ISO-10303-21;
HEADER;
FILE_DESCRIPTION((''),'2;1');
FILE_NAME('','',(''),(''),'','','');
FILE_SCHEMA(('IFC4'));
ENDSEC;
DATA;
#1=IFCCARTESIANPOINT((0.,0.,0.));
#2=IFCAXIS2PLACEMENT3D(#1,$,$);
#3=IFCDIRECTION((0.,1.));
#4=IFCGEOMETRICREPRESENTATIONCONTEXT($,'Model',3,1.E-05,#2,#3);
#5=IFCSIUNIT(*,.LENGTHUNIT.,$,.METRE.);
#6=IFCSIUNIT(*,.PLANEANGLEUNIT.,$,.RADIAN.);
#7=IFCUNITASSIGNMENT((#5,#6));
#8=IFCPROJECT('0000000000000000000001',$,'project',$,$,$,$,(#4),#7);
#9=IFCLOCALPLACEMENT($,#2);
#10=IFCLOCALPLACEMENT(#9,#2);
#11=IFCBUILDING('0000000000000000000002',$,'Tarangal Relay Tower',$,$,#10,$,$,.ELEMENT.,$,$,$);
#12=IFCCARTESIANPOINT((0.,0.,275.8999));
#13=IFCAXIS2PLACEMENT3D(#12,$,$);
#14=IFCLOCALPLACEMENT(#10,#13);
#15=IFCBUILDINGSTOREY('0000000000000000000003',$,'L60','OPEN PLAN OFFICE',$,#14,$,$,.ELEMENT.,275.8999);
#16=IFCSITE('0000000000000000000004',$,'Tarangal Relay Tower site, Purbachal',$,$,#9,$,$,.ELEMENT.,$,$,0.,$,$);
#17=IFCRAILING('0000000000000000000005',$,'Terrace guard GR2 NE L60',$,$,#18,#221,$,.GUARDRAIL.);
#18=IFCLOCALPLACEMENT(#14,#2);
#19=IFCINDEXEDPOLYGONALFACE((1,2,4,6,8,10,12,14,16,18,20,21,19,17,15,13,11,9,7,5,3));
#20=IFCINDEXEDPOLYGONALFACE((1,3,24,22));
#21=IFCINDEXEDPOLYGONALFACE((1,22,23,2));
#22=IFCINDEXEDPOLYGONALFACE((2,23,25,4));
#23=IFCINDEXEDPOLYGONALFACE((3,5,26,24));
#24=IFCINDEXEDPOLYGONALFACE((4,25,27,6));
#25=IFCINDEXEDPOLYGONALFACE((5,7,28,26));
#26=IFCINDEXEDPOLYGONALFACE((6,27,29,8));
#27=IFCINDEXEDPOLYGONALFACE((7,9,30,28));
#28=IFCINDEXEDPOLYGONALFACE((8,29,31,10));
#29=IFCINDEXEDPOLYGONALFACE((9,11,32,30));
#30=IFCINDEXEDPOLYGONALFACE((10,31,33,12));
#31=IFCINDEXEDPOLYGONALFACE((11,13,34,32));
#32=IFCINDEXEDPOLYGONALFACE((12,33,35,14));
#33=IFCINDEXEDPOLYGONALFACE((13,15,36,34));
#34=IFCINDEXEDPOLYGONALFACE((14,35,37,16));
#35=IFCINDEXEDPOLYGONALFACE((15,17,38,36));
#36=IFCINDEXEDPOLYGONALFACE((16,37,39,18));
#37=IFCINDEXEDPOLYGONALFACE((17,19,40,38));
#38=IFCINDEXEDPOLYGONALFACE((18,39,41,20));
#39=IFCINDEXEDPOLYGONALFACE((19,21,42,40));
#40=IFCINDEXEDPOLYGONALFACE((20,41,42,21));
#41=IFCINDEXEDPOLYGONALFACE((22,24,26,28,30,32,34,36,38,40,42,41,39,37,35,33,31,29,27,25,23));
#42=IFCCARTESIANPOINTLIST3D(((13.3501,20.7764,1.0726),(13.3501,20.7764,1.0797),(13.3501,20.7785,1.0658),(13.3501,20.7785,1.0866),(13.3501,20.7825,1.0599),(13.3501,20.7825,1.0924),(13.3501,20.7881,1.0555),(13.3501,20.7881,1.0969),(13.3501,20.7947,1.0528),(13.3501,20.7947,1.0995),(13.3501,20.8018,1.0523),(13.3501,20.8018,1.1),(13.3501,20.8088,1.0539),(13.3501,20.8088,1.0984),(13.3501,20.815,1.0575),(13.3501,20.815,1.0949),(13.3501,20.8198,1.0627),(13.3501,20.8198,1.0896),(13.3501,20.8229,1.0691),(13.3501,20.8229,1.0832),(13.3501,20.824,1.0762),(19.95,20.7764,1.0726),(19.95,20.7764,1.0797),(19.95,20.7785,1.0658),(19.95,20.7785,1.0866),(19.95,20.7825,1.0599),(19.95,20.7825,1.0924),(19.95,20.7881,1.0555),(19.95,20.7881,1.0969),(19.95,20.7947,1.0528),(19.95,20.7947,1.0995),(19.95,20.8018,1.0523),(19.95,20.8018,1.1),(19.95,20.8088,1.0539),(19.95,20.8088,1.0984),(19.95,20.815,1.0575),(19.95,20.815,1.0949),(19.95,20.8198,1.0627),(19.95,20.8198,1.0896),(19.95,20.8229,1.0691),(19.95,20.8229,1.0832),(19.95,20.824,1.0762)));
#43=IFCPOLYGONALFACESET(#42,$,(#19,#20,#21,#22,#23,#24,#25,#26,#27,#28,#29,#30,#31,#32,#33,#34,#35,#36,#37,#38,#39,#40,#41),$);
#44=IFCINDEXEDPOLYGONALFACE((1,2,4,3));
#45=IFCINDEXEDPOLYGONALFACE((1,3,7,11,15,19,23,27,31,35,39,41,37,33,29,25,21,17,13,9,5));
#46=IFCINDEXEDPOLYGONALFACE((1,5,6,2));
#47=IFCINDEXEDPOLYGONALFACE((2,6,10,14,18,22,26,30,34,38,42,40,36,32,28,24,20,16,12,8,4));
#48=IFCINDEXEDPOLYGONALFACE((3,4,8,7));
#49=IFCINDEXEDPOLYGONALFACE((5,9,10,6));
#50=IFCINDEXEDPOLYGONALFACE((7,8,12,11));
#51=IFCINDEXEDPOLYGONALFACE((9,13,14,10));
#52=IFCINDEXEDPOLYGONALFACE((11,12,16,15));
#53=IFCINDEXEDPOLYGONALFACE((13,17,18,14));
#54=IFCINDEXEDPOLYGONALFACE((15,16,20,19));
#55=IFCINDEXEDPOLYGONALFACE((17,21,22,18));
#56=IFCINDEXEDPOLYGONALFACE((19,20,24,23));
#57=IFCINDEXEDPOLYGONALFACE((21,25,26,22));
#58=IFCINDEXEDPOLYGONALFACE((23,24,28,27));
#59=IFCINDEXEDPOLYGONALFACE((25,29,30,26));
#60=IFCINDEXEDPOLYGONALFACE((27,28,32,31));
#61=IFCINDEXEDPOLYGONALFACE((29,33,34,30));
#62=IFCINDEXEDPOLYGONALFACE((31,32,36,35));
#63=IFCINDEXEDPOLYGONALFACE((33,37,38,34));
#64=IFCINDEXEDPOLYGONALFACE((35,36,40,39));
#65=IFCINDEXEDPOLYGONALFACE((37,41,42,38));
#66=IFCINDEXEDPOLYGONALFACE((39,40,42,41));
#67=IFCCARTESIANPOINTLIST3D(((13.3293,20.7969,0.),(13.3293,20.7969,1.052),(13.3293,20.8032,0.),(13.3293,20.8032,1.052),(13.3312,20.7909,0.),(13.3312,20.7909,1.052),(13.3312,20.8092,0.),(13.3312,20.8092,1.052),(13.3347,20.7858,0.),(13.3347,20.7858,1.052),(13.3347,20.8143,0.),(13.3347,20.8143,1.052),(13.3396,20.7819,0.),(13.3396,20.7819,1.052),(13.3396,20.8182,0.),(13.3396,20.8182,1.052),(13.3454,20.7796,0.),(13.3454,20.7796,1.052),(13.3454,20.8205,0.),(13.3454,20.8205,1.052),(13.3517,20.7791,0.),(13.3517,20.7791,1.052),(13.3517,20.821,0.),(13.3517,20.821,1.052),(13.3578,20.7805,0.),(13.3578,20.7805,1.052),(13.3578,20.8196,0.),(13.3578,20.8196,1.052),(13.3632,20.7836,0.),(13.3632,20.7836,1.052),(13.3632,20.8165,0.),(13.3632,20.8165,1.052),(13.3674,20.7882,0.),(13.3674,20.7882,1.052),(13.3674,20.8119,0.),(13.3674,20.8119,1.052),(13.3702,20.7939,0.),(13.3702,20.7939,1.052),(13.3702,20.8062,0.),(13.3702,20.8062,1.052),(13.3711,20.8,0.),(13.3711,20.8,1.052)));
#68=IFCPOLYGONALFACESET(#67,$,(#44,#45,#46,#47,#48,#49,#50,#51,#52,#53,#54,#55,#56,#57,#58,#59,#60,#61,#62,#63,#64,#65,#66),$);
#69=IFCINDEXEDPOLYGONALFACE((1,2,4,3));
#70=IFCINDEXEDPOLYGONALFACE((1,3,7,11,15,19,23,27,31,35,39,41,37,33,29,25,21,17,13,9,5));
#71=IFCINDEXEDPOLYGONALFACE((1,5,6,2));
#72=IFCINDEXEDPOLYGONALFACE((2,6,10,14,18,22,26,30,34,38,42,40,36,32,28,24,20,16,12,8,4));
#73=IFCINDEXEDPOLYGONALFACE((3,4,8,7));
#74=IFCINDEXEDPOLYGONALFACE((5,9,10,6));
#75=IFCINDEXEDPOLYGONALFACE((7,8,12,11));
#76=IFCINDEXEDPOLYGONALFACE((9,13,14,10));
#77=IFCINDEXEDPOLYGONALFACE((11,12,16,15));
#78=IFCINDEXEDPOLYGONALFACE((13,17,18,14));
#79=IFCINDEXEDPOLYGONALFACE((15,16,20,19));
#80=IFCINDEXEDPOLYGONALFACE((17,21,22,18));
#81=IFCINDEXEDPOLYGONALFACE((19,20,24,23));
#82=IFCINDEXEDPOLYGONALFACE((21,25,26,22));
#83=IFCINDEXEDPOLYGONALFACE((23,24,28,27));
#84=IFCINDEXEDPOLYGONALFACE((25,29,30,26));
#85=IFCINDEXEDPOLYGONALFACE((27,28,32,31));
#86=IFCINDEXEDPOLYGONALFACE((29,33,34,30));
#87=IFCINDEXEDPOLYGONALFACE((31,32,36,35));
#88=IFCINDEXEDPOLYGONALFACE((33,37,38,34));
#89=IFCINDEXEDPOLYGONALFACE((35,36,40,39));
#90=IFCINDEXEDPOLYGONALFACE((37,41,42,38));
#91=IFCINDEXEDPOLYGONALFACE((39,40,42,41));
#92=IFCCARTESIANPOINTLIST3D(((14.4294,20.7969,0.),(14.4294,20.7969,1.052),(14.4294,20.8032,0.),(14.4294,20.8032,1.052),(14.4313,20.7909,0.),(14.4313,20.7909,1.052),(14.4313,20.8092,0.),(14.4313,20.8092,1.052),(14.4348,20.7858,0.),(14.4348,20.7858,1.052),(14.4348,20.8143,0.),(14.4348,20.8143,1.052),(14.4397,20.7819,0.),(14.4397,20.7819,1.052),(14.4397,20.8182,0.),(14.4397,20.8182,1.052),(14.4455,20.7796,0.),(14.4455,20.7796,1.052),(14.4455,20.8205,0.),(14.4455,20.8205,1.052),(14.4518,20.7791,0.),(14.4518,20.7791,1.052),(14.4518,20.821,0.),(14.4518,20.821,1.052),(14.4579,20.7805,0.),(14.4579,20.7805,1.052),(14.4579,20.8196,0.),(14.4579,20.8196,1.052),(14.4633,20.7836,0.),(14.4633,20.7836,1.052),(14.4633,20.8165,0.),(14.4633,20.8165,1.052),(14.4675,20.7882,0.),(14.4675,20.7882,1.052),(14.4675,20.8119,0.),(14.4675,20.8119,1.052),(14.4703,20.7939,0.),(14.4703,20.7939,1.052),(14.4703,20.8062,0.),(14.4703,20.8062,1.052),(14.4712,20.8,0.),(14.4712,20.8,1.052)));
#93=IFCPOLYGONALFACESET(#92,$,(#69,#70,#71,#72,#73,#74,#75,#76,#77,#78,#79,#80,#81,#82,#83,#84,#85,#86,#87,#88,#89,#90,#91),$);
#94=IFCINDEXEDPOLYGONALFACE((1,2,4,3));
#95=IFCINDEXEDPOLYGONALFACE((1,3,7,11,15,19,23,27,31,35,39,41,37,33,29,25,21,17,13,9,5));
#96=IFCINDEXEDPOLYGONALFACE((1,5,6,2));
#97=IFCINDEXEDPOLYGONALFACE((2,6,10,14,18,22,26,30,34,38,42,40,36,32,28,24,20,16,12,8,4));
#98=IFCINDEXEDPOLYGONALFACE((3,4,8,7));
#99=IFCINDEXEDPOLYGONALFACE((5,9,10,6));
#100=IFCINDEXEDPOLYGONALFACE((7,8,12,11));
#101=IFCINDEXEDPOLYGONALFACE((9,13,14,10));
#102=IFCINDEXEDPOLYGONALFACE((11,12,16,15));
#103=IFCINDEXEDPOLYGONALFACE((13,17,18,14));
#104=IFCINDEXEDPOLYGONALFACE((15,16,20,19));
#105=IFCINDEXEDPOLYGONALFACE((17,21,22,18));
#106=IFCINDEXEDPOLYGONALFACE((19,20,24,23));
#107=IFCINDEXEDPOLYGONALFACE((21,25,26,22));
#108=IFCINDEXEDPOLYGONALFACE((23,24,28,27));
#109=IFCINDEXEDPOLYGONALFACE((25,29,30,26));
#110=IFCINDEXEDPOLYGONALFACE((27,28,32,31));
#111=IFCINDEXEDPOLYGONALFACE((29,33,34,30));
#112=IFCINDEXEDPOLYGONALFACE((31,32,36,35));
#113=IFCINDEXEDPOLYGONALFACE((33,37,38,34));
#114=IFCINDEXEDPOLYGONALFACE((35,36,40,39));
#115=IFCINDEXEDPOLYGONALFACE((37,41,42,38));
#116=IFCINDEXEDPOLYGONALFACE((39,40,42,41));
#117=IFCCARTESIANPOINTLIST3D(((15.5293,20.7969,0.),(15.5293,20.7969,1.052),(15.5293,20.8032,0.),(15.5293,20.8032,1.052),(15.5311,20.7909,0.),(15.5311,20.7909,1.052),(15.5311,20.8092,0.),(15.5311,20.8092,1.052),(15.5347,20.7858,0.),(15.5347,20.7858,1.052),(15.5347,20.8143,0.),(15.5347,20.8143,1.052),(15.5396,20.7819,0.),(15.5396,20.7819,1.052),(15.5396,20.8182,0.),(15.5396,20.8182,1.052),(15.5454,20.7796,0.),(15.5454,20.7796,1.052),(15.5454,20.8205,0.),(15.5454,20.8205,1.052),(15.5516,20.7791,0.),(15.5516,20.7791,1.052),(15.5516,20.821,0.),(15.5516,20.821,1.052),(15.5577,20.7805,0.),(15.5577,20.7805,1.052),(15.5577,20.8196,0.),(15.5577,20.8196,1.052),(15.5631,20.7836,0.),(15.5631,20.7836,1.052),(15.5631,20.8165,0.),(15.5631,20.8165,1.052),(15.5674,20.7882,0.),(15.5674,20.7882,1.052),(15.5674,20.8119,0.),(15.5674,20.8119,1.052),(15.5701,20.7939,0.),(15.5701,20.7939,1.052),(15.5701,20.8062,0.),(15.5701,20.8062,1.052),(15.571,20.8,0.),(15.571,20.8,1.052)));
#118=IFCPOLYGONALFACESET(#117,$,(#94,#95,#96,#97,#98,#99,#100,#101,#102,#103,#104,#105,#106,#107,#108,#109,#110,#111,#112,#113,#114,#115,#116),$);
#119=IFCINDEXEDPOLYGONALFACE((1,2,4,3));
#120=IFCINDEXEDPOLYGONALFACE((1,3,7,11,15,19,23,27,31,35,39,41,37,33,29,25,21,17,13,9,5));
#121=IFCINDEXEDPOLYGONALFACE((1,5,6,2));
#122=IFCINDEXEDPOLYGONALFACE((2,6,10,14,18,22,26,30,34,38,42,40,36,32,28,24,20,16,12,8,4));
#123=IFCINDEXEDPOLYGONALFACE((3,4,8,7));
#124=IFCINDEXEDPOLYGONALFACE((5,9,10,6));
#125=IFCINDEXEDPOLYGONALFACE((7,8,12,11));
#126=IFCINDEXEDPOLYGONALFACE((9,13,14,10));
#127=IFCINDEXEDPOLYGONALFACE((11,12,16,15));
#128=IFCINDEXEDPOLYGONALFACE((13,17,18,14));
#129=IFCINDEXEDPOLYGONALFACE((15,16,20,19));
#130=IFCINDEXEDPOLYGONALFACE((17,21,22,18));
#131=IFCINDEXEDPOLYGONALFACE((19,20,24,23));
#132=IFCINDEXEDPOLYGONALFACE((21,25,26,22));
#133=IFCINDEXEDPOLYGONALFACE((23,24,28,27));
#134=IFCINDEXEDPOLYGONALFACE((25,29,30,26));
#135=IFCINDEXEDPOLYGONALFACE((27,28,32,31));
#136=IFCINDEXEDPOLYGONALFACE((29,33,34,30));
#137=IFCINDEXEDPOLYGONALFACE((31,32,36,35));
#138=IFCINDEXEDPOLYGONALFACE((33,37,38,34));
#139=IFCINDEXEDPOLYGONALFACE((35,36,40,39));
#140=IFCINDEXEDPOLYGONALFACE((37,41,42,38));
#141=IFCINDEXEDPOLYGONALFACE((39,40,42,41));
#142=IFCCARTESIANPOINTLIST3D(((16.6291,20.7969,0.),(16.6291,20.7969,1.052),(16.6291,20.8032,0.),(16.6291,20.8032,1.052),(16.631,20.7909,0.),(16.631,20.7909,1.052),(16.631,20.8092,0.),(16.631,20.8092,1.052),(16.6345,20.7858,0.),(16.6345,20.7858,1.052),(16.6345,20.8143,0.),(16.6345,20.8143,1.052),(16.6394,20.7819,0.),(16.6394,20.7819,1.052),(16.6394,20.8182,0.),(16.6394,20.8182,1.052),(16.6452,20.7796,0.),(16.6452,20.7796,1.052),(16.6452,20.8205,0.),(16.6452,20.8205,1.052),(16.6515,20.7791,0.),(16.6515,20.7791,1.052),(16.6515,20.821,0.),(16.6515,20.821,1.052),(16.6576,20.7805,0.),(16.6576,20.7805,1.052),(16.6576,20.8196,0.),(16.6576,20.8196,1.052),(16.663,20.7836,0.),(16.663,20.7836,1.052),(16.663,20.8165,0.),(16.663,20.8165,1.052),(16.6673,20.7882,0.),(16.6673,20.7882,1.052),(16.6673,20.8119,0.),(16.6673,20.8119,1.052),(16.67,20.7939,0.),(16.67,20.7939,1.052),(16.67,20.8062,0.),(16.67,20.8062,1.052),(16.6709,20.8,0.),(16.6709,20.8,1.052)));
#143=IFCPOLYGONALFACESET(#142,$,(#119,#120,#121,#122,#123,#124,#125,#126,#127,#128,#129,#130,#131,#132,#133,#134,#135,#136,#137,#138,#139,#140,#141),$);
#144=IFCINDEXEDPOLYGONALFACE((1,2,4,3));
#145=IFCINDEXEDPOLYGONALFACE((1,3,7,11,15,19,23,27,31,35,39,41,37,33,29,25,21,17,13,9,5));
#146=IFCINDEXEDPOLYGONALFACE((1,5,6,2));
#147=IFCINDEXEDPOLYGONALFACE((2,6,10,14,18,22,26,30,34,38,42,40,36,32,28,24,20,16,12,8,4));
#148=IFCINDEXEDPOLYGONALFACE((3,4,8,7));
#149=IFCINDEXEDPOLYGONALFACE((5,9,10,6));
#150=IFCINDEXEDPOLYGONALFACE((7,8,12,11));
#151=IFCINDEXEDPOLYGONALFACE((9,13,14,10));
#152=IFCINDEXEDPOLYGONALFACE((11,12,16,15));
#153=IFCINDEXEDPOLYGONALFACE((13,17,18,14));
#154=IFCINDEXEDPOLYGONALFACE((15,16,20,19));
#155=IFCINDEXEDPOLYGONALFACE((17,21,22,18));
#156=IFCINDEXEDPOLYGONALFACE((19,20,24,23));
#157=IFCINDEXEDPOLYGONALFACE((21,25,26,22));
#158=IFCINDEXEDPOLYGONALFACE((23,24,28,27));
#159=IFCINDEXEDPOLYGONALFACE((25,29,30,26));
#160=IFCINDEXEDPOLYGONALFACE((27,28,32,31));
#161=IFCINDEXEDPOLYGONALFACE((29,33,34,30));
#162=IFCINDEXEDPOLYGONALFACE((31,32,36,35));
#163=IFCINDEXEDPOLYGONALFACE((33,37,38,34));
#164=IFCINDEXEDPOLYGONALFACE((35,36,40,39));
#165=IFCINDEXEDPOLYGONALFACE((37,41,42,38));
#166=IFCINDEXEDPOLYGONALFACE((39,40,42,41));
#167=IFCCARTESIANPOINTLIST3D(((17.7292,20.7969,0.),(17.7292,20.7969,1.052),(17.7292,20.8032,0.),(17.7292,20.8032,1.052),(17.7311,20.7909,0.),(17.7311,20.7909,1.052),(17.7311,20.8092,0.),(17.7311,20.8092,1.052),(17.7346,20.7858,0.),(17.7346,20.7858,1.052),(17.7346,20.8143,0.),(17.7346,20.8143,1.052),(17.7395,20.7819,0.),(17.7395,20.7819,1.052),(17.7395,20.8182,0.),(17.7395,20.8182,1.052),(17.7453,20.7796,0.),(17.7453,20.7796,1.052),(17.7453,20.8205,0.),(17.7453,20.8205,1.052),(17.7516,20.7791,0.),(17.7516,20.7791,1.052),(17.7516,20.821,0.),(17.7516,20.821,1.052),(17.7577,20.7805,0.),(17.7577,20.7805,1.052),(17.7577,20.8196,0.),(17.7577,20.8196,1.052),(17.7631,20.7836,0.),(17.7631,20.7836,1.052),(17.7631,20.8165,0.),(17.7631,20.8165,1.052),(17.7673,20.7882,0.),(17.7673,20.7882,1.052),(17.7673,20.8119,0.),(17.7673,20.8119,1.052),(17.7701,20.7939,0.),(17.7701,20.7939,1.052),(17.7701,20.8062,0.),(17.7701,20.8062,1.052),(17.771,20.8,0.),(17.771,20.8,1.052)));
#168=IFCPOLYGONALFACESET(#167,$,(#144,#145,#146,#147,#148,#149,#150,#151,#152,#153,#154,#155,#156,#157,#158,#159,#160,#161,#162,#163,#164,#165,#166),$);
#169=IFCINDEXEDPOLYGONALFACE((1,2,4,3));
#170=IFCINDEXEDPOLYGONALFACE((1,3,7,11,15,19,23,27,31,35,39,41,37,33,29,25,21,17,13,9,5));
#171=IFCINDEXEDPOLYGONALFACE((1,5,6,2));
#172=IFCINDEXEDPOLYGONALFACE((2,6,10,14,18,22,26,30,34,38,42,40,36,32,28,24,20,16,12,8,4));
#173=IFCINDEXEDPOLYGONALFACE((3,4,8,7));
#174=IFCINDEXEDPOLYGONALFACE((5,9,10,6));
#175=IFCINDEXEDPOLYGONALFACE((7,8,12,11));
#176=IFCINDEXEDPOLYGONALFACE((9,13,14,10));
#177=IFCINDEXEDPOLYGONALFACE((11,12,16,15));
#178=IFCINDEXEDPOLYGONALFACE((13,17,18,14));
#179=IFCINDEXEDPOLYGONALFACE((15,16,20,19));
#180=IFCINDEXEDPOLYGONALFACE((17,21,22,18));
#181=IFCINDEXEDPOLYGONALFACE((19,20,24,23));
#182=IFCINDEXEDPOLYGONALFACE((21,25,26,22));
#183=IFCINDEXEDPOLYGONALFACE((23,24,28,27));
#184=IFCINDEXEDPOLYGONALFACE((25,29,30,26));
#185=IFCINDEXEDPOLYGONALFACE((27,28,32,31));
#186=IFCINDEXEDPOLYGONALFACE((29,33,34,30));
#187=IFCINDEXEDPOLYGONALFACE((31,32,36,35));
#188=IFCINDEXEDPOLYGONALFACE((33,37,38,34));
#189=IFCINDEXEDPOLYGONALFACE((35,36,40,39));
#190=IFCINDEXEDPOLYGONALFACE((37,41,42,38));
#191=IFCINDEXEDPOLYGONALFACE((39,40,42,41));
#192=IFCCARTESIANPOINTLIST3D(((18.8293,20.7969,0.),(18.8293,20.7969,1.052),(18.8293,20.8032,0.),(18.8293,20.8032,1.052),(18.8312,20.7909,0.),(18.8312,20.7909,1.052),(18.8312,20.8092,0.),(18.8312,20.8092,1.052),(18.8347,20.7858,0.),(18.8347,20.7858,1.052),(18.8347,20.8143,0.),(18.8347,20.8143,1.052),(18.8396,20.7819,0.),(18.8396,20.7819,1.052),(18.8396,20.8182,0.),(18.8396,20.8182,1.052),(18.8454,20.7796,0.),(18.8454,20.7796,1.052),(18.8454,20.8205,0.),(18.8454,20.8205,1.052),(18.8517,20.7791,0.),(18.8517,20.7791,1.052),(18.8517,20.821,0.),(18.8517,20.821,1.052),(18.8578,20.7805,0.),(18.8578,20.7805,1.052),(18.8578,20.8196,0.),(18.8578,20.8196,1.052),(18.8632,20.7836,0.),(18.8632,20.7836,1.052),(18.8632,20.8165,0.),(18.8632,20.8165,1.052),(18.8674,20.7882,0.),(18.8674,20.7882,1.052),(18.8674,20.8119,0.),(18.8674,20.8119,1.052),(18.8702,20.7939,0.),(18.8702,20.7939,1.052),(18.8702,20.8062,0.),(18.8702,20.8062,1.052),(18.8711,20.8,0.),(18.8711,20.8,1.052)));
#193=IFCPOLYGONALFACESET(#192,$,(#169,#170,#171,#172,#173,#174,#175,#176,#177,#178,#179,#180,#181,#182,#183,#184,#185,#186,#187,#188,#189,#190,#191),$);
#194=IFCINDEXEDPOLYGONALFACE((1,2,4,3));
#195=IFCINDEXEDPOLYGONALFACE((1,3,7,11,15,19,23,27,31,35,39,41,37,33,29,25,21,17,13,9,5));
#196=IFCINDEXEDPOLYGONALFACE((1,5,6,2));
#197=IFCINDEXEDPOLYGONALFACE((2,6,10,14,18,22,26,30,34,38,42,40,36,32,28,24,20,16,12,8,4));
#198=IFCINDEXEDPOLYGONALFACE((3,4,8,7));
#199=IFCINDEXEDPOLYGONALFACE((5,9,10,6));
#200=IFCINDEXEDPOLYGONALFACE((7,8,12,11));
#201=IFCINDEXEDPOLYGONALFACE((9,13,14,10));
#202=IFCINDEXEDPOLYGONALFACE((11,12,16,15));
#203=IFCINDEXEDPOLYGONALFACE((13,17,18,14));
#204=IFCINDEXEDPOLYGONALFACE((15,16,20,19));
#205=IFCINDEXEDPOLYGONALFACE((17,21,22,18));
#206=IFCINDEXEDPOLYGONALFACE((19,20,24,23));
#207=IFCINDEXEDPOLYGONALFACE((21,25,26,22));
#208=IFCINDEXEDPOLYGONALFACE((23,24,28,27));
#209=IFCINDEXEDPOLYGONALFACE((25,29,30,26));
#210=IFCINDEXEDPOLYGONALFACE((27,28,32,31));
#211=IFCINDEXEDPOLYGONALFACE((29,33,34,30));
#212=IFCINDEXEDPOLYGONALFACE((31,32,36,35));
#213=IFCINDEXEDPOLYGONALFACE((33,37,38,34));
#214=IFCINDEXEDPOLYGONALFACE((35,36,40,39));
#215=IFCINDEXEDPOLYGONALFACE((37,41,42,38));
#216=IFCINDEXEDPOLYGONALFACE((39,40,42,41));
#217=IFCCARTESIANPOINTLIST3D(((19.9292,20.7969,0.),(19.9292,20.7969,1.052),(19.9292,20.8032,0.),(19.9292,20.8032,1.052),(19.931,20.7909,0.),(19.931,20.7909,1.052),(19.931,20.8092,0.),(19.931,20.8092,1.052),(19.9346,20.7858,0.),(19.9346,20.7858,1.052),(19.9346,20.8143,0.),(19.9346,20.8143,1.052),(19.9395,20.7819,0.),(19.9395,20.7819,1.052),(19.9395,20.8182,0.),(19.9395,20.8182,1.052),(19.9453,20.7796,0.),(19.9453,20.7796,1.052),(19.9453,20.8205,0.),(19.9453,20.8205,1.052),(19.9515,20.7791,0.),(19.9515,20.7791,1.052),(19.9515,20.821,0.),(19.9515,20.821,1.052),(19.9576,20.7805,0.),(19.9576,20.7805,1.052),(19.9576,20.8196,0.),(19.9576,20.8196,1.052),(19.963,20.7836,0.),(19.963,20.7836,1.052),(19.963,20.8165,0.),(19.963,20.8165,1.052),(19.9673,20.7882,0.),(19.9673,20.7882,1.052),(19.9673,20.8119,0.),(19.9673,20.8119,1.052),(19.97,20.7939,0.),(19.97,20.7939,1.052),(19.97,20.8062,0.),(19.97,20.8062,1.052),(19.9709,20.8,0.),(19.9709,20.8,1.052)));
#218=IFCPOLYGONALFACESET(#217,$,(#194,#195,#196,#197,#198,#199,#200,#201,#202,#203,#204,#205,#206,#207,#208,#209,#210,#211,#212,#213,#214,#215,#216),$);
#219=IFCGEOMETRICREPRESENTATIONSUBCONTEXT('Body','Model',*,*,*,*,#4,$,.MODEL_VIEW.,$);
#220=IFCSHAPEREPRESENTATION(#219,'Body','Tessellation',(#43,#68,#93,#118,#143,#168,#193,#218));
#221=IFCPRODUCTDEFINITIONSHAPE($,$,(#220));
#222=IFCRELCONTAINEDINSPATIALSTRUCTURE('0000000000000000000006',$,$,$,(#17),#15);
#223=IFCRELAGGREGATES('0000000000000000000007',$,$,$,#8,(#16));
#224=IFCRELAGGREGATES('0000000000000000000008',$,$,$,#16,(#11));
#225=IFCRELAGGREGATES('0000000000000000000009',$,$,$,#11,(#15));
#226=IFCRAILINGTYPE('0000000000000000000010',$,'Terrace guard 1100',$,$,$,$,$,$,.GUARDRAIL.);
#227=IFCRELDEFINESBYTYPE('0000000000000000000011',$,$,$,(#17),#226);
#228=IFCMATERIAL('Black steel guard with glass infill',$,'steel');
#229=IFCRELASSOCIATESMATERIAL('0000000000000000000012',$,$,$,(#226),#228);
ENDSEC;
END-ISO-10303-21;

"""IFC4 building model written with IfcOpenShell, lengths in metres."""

from ifc_helpers import new_model, si_unit, direction, frame, origin, origin_2d, place, context, subcontext, project, spatial, circle, extrude, material, type_object, element, save


model = new_model("IFC4")

# Units and contexts
model_context = context("Model", 3, precision=1e-05, world=origin(), true_north=direction((0.0, 1.0)))
body_context = subcontext(model_context, "Body", "Model", "MODEL_VIEW")
ifc_project = project(units=[si_unit("LENGTHUNIT", "METRE"), si_unit("PLANEANGLEUNIT", "RADIAN")], contexts=[model_context])

# Site, building, storey
site_placement = place(None, origin())
site = spatial("IfcSite", under=ifc_project, at=site_placement, Name="Tarangal Relay Tower site, Purbachal", CompositionType="ELEMENT", RefElevation=0.0)
building_placement = place(site_placement, origin())
building = spatial("IfcBuilding", under=site, at=building_placement, Name="Tarangal Relay Tower", CompositionType="ELEMENT")
storey_placement = place(building_placement, frame((0.0, 0.0, 275.8999)))
storey = spatial("IfcBuildingStorey", under=building, at=storey_placement, Name="L60", Description="OPEN PLAN OFFICE", CompositionType="ELEMENT", Elevation=275.8999)

# Railing
ifc_material_1 = material(Name="Black steel guard with glass infill", Category="steel")
railing_type = type_object("IfcRailingType", Name="Terrace guard 1100", PredefinedType="GUARDRAIL", material=ifc_material_1)
railing_1_placement = place(storey_placement, frame((13.3501, 20.8, 0.0)))
element("IfcRailing", 1, at=railing_1_placement, inside=storey, type_object=railing_type, Name="Terrace guard GR2 NE L60", PredefinedType="GUARDRAIL", context=body_context, shape_type="SweptSolid", body=[
    extrude(circle(Radius=0.0239, at=origin_2d()), frame((0.0, 0.0, 1.0762), z_axis=(1.0, 0.0, 0.0), x_axis=(0.0, 1.0, 0.0)), (0.0, 0.0, 1.0), 6.5999),
    extrude(circle(Radius=0.021, at=origin_2d()), origin(), (0.0, 0.0, 1.0), 1.052),
    extrude(circle(Radius=0.021, at=origin_2d()), frame((1.1001, 0.0, 0.0)), (0.0, 0.0, 1.0), 1.052),
    extrude(circle(Radius=0.021, at=origin_2d()), frame((2.2, 0.0, 0.0)), (0.0, 0.0, 1.0), 1.052),
    extrude(circle(Radius=0.021, at=origin_2d()), frame((3.2998, 0.0, 0.0)), (0.0, 0.0, 1.0), 1.052),
    extrude(circle(Radius=0.021, at=origin_2d()), frame((4.3999, 0.0, 0.0)), (0.0, 0.0, 1.0), 1.052),
    extrude(circle(Radius=0.021, at=origin_2d()), frame((5.5, 0.0, 0.0)), (0.0, 0.0, 1.0), 1.052),
    extrude(circle(Radius=0.021, at=origin_2d()), frame((6.5999, 0.0, 0.0)), (0.0, 0.0, 1.0), 1.052),
])

save(model, "model.ifc")
